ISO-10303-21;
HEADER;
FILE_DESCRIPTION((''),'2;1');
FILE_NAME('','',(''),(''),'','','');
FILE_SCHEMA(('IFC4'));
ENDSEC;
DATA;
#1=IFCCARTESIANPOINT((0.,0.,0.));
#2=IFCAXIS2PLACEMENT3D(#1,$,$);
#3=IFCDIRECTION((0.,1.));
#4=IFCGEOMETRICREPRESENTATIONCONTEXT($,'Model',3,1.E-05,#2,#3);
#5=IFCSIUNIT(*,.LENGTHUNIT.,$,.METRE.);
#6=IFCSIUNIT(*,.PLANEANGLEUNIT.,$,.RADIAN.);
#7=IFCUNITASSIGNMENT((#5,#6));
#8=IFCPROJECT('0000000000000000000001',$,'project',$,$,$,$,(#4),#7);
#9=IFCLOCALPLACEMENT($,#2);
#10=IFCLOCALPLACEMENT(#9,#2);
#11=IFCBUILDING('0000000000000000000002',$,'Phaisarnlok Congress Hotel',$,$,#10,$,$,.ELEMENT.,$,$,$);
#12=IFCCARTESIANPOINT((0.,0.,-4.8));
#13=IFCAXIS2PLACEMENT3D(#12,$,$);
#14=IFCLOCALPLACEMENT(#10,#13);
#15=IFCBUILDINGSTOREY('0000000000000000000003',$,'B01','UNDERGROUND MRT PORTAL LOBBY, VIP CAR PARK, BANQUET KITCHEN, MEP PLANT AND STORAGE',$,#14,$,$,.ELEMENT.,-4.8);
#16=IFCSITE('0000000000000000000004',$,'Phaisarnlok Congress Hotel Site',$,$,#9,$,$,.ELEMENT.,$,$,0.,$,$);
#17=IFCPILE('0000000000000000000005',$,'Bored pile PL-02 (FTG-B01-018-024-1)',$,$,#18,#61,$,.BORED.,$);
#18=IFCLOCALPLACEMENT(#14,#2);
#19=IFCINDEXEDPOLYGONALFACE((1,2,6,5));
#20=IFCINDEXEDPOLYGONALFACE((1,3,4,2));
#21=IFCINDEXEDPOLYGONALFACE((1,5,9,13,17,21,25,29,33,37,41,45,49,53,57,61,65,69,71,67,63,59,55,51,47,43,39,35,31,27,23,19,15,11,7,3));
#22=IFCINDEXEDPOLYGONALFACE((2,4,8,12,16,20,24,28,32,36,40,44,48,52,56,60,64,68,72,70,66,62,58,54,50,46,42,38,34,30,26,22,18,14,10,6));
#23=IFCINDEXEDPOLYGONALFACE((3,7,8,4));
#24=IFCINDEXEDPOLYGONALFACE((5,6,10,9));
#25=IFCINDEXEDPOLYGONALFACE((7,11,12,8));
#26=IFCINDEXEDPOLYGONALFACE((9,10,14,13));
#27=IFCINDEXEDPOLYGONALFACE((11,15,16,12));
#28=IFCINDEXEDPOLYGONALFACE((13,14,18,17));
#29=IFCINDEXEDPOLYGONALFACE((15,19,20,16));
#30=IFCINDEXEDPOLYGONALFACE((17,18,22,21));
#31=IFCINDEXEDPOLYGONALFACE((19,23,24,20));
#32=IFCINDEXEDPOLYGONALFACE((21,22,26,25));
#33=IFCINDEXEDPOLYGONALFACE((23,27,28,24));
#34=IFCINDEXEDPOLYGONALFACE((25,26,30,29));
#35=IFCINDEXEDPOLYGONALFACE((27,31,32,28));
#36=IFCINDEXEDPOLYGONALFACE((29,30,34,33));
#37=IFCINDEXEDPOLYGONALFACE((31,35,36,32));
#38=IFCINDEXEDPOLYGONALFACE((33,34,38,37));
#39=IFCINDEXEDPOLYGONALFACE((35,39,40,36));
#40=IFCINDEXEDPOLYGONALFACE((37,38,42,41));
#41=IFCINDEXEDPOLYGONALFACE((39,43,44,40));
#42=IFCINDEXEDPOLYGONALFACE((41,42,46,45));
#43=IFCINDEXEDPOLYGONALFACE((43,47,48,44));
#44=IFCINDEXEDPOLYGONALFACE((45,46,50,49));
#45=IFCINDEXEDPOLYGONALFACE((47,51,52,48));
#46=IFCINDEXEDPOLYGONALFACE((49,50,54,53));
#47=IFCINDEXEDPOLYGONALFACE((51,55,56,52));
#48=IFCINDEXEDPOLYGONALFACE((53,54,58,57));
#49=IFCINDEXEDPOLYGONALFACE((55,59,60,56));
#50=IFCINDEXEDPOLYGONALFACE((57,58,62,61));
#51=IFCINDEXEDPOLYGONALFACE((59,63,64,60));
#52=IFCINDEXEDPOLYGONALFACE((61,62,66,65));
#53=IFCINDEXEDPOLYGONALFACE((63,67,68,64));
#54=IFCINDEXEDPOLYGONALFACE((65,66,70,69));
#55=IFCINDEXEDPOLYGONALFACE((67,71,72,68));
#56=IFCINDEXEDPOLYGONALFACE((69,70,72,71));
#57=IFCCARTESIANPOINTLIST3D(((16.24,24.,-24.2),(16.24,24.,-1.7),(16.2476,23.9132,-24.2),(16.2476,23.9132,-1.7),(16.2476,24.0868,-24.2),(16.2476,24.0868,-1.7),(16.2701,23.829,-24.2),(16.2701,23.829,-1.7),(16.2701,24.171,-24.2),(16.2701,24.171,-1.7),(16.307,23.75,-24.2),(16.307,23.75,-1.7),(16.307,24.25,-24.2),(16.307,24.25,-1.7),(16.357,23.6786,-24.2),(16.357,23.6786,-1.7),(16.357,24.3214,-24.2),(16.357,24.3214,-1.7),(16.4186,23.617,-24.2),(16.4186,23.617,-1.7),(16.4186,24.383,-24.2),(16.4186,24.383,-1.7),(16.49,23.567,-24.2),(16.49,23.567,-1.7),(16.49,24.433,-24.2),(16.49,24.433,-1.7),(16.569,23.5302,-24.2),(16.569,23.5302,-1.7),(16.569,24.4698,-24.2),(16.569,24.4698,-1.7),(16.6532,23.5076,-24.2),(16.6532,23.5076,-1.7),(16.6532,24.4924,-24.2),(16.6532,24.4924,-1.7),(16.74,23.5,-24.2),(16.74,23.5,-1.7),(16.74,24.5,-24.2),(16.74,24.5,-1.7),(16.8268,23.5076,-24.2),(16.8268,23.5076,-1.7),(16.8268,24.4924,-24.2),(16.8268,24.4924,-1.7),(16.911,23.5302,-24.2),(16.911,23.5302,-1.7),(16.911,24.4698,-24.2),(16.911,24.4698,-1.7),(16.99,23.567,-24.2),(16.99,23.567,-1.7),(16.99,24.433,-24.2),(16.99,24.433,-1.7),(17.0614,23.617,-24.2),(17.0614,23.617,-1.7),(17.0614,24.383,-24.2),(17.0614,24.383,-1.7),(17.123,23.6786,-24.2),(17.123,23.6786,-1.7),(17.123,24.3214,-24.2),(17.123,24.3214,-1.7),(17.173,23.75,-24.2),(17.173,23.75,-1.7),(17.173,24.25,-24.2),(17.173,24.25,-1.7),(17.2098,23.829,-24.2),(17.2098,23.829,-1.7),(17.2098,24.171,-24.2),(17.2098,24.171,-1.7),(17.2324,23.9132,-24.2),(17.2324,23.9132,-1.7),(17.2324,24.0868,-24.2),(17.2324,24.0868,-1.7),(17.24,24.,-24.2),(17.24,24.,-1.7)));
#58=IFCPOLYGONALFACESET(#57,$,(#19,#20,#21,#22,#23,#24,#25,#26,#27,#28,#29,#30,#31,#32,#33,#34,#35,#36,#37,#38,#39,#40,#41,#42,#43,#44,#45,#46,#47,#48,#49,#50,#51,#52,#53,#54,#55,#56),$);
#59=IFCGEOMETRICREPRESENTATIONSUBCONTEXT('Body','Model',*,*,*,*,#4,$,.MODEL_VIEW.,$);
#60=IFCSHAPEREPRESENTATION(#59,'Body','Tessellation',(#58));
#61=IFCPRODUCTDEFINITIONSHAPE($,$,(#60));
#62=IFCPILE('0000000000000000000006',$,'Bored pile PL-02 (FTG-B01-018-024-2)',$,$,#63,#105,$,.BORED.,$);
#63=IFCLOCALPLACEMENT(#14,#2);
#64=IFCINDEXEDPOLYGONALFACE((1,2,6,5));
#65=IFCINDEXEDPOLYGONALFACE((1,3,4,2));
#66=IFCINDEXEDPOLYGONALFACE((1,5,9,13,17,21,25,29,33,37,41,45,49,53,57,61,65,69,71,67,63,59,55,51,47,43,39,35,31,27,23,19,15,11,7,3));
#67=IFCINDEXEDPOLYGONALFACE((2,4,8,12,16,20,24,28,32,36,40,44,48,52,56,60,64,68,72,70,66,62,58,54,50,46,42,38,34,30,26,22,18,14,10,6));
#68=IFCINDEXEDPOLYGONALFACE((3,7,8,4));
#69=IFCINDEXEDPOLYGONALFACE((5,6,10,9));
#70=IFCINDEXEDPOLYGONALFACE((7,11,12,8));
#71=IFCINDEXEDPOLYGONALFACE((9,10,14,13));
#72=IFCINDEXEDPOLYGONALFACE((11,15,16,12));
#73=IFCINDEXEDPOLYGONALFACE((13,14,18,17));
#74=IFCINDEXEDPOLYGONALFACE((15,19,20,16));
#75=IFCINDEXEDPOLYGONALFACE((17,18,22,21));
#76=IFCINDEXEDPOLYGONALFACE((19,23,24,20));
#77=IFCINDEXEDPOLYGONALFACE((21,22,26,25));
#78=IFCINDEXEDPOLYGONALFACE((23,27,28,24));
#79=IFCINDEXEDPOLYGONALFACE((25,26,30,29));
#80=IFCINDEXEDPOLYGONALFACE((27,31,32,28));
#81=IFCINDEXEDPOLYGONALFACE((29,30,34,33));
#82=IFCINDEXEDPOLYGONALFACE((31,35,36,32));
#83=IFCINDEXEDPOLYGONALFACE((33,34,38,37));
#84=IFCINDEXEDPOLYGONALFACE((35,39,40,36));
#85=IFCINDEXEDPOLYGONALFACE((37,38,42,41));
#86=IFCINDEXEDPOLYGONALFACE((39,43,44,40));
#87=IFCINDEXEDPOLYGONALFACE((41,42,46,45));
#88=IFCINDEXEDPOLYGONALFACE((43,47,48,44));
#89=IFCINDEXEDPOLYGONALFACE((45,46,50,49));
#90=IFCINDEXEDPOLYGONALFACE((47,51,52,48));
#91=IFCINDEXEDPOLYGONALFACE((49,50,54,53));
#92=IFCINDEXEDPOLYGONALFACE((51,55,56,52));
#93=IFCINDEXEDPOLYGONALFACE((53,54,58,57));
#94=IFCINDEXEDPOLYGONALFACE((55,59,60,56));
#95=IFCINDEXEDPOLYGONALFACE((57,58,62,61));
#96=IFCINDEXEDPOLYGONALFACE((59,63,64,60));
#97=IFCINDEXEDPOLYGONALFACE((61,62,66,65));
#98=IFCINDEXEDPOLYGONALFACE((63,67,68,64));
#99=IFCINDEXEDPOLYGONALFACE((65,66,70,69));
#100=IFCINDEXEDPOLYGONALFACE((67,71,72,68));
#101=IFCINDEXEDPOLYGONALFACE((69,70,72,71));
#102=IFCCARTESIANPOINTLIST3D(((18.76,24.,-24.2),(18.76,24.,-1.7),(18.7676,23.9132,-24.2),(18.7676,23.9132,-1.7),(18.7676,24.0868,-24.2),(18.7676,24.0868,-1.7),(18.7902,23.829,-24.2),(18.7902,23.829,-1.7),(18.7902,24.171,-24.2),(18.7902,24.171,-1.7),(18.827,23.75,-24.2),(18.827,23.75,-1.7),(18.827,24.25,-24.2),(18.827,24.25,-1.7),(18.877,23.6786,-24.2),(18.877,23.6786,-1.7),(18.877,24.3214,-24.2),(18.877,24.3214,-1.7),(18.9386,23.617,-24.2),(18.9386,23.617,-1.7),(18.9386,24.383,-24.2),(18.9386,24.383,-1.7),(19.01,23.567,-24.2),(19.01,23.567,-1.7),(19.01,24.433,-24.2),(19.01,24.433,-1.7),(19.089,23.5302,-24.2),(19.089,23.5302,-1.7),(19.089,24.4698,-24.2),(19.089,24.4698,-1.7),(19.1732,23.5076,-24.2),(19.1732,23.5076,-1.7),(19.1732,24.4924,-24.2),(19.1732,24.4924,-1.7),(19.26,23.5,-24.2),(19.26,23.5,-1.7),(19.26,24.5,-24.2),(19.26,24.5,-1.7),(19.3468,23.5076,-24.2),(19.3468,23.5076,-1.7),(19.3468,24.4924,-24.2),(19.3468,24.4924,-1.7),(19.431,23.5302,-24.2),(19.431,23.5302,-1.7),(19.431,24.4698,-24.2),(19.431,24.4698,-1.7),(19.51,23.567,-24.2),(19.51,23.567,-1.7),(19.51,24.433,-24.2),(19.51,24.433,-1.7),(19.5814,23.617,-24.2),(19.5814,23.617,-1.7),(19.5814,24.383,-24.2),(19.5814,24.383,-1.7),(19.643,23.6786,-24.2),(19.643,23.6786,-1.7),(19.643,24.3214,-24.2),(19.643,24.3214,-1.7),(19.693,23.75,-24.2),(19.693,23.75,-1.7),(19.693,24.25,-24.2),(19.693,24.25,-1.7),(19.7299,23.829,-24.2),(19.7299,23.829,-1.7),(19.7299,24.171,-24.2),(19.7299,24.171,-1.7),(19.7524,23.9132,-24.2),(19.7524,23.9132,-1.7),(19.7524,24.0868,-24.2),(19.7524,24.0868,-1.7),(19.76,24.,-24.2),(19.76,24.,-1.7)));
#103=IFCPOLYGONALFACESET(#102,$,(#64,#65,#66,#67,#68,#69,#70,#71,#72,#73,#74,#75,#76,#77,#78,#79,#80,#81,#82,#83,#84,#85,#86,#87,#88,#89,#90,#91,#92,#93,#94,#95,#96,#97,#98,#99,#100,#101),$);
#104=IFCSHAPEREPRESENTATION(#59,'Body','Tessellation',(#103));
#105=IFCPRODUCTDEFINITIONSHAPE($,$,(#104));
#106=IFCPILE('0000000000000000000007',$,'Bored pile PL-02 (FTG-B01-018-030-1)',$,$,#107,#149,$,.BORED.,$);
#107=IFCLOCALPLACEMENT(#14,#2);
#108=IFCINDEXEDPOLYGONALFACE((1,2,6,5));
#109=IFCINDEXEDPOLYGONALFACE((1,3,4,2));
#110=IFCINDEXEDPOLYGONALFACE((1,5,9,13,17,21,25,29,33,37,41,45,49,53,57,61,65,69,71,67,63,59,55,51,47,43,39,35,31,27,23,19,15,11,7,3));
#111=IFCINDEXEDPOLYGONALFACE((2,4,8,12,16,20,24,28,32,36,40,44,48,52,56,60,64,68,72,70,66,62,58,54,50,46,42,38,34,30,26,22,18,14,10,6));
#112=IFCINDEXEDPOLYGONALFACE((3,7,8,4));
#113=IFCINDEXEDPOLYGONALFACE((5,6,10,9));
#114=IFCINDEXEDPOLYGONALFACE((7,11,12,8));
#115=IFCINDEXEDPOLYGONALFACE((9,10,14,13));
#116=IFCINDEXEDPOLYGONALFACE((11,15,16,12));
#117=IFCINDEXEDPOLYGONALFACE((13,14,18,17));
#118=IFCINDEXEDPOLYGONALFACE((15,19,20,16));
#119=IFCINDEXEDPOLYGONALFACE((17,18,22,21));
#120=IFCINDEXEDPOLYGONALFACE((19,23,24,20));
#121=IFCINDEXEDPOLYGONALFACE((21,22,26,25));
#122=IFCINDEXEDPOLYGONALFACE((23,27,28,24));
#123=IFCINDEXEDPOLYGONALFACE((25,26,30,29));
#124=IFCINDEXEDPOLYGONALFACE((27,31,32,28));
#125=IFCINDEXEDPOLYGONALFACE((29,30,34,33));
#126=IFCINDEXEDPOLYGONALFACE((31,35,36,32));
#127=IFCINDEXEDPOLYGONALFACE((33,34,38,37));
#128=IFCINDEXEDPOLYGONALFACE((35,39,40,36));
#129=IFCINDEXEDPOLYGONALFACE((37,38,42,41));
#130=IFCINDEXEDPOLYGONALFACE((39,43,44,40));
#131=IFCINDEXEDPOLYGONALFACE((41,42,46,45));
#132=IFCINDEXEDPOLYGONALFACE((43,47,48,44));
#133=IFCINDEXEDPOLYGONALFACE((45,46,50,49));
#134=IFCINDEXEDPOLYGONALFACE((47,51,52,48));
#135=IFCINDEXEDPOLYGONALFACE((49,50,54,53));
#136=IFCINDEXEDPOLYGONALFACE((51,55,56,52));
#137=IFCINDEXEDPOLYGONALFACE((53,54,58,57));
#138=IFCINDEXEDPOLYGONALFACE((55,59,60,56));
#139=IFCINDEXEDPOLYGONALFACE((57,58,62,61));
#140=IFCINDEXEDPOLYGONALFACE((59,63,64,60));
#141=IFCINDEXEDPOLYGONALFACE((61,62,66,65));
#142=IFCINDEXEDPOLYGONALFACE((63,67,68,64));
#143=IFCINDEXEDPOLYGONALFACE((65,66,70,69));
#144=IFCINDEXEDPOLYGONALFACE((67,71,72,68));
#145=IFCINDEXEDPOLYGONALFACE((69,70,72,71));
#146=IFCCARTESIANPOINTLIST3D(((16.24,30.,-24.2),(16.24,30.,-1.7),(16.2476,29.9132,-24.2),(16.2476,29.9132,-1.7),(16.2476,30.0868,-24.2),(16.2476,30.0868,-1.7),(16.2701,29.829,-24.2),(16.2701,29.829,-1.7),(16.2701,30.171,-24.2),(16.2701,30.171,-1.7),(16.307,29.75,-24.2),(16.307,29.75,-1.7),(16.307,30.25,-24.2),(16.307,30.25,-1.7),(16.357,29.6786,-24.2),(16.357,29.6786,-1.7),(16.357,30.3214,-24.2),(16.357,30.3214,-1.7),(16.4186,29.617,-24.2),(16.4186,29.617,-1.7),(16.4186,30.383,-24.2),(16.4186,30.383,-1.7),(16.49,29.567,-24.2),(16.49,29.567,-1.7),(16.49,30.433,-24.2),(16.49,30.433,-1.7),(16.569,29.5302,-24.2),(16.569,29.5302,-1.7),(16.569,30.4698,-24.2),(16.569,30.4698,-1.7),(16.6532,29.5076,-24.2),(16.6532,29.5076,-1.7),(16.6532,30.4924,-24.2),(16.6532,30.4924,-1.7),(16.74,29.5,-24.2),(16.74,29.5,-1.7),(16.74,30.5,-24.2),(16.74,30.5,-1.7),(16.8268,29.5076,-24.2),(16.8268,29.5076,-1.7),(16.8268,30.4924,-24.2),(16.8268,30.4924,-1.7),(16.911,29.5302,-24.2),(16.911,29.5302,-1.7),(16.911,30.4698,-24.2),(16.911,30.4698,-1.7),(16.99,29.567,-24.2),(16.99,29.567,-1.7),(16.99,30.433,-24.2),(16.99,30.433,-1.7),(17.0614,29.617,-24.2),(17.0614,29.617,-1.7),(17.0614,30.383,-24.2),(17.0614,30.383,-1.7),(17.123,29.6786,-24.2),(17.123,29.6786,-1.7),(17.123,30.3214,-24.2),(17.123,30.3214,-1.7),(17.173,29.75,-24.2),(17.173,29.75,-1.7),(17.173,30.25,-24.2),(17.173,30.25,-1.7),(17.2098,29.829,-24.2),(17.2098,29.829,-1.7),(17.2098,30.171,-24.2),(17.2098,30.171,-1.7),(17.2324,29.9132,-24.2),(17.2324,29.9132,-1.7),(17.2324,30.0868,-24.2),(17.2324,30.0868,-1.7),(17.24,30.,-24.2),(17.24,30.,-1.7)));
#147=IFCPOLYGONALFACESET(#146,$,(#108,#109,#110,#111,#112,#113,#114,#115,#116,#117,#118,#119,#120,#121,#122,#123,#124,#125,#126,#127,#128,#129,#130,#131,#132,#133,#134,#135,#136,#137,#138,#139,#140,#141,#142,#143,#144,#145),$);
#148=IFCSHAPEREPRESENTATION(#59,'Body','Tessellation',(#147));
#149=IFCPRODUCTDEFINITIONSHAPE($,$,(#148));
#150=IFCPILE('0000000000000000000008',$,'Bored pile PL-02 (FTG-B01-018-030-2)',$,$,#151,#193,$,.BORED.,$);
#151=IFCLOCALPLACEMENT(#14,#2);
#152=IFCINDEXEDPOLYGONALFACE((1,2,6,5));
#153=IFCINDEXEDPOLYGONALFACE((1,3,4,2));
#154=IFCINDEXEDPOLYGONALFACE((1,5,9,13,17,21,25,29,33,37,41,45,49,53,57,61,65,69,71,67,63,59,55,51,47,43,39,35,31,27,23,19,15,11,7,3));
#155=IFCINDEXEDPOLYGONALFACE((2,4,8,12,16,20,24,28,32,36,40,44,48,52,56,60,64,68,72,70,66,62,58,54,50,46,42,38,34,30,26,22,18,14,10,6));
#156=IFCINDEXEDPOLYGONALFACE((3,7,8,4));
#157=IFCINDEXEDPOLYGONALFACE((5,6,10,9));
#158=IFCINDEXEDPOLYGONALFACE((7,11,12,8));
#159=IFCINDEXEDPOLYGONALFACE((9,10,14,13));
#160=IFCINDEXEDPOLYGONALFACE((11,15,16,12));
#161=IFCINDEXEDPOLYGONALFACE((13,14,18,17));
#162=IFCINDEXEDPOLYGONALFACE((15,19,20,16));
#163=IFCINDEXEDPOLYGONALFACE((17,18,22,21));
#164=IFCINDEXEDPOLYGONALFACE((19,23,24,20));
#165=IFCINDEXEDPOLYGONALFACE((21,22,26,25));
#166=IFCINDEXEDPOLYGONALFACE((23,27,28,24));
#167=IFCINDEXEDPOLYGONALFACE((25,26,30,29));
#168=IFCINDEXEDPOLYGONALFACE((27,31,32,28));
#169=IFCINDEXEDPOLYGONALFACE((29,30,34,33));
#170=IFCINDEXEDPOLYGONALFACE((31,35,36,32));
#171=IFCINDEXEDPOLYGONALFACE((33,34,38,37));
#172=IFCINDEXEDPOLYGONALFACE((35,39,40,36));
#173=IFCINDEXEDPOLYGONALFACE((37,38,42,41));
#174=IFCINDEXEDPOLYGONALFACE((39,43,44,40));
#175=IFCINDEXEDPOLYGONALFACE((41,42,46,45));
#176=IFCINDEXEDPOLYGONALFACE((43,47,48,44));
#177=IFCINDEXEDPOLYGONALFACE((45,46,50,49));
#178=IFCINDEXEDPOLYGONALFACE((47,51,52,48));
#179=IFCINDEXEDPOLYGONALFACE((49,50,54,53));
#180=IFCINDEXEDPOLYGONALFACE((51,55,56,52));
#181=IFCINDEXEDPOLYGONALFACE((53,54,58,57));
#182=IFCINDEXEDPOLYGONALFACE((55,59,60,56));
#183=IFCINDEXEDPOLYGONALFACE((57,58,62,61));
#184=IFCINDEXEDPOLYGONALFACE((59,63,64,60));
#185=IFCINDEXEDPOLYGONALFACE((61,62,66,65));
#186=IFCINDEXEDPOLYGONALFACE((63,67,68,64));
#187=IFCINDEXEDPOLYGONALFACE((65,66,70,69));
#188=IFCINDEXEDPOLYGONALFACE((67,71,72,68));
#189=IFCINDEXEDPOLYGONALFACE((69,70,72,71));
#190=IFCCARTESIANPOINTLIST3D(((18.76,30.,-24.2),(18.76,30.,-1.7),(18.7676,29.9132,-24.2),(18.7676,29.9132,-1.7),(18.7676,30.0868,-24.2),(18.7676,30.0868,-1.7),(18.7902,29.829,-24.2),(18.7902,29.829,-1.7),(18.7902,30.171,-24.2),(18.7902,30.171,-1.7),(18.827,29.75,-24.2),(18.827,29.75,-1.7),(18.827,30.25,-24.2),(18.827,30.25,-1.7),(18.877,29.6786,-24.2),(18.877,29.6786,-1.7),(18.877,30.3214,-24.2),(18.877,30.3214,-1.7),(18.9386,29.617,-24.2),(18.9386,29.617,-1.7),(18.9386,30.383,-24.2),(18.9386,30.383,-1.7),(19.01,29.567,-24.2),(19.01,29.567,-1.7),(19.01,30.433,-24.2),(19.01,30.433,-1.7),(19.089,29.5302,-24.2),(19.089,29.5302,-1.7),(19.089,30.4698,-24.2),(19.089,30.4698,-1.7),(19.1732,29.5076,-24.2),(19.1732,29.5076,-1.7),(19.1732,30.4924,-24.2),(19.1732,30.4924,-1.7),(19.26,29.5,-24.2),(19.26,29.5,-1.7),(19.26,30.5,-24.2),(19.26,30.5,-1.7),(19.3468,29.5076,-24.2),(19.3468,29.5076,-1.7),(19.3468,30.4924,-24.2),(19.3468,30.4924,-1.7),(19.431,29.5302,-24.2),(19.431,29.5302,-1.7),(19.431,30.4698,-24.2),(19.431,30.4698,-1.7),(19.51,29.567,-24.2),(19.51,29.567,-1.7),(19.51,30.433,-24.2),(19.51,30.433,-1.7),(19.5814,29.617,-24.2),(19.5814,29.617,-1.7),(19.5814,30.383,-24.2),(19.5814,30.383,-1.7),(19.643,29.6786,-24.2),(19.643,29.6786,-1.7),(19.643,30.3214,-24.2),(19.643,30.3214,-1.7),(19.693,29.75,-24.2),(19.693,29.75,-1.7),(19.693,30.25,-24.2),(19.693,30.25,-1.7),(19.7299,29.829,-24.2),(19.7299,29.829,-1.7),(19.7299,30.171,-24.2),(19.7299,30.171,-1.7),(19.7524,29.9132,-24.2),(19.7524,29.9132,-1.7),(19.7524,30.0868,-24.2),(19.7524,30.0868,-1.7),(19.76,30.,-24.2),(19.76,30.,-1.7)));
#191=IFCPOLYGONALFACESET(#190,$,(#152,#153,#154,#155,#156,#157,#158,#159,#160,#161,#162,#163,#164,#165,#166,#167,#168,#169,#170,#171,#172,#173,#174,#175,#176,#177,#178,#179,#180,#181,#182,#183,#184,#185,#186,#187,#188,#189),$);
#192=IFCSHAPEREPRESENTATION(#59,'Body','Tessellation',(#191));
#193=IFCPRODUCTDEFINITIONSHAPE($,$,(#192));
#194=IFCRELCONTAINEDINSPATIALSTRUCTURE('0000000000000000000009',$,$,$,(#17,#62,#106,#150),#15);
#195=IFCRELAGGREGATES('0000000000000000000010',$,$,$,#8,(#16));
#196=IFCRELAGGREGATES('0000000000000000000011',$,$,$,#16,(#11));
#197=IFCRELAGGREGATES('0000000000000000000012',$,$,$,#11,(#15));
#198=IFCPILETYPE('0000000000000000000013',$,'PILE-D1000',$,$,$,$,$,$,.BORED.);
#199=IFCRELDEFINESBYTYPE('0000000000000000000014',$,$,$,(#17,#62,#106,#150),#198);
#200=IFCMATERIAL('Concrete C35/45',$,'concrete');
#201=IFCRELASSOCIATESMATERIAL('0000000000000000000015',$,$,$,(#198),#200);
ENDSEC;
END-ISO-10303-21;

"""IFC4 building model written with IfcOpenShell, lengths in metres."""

from ifc_helpers import new_model, si_unit, direction, frame, origin, origin_2d, place, context, subcontext, project, spatial, circle, extrude, material, material_profile, profile_set, type_object, element, save


model = new_model("IFC4")

# Units and contexts
model_context = context("Model", 3, precision=1e-05, world=origin(), true_north=direction((0.0, 1.0)))
body_context = subcontext(model_context, "Body", "Model", "MODEL_VIEW")
ifc_project = project(units=[si_unit("LENGTHUNIT", "METRE"), si_unit("PLANEANGLEUNIT", "RADIAN")], contexts=[model_context])

# Site, building, storey
site_placement = place(None, origin())
site = spatial("IfcSite", under=ifc_project, at=site_placement, Name="Phaisarnlok Congress Hotel Site", CompositionType="ELEMENT", RefElevation=0.0)
building_placement = place(site_placement, origin())
building = spatial("IfcBuilding", under=site, at=building_placement, Name="Phaisarnlok Congress Hotel", CompositionType="ELEMENT")
storey_placement = place(building_placement, frame((0.0, 0.0, -4.8)))
storey = spatial("IfcBuildingStorey", under=building, at=storey_placement, Name="B01", Description="UNDERGROUND MRT PORTAL LOBBY, VIP CAR PARK, BANQUET KITCHEN, MEP PLANT AND STORAGE", CompositionType="ELEMENT", Elevation=-4.8)

# Piles
ifc_material_1 = material(Name="Concrete C35/45", Category="concrete")
ifc_material_profile_1 = material_profile(ifc_material_1, circle(Radius=0.5, at=origin_2d()), Name="BORED PILE D1000")
ifc_profile_set_1 = profile_set([ifc_material_profile_1], Name="Concrete C35/45")
pile_type = type_object("IfcPileType", Name="PILE-D1000", PredefinedType="BORED", material=ifc_profile_set_1)
for number, where, z_axis, x_axis, name in (
    (1, (16.74, 24.0, -1.7), (0.0, 0.0, -1.0), (1.0, 0.0, 0.0), "Bored pile PL-02 (FTG-B01-018-024-1)"),
    (2, (19.26, 24.0, -1.7), (0.0, 0.0, -1.0), (1.0, 0.0, 0.0), "Bored pile PL-02 (FTG-B01-018-024-2)"),
    (3, (16.74, 30.0, -1.7), (0.0, 0.0, -1.0), (1.0, 0.0, 0.0), "Bored pile PL-02 (FTG-B01-018-030-1)"),
    (4, (19.26, 30.0, -1.7), (0.0, 0.0, -1.0), (1.0, 0.0, 0.0), "Bored pile PL-02 (FTG-B01-018-030-2)"),
):
    element("IfcPile", number, at=place(storey_placement, frame(where, z_axis=z_axis, x_axis=x_axis)), inside=storey, type_object=pile_type, Name=name, PredefinedType="BORED", context=body_context, shape_type="SweptSolid", body=[
        extrude(circle(Radius=0.5, at=origin_2d()), origin(), (0.0, 0.0, 1.0), 22.5),
    ])

save(model, "model.ifc")
